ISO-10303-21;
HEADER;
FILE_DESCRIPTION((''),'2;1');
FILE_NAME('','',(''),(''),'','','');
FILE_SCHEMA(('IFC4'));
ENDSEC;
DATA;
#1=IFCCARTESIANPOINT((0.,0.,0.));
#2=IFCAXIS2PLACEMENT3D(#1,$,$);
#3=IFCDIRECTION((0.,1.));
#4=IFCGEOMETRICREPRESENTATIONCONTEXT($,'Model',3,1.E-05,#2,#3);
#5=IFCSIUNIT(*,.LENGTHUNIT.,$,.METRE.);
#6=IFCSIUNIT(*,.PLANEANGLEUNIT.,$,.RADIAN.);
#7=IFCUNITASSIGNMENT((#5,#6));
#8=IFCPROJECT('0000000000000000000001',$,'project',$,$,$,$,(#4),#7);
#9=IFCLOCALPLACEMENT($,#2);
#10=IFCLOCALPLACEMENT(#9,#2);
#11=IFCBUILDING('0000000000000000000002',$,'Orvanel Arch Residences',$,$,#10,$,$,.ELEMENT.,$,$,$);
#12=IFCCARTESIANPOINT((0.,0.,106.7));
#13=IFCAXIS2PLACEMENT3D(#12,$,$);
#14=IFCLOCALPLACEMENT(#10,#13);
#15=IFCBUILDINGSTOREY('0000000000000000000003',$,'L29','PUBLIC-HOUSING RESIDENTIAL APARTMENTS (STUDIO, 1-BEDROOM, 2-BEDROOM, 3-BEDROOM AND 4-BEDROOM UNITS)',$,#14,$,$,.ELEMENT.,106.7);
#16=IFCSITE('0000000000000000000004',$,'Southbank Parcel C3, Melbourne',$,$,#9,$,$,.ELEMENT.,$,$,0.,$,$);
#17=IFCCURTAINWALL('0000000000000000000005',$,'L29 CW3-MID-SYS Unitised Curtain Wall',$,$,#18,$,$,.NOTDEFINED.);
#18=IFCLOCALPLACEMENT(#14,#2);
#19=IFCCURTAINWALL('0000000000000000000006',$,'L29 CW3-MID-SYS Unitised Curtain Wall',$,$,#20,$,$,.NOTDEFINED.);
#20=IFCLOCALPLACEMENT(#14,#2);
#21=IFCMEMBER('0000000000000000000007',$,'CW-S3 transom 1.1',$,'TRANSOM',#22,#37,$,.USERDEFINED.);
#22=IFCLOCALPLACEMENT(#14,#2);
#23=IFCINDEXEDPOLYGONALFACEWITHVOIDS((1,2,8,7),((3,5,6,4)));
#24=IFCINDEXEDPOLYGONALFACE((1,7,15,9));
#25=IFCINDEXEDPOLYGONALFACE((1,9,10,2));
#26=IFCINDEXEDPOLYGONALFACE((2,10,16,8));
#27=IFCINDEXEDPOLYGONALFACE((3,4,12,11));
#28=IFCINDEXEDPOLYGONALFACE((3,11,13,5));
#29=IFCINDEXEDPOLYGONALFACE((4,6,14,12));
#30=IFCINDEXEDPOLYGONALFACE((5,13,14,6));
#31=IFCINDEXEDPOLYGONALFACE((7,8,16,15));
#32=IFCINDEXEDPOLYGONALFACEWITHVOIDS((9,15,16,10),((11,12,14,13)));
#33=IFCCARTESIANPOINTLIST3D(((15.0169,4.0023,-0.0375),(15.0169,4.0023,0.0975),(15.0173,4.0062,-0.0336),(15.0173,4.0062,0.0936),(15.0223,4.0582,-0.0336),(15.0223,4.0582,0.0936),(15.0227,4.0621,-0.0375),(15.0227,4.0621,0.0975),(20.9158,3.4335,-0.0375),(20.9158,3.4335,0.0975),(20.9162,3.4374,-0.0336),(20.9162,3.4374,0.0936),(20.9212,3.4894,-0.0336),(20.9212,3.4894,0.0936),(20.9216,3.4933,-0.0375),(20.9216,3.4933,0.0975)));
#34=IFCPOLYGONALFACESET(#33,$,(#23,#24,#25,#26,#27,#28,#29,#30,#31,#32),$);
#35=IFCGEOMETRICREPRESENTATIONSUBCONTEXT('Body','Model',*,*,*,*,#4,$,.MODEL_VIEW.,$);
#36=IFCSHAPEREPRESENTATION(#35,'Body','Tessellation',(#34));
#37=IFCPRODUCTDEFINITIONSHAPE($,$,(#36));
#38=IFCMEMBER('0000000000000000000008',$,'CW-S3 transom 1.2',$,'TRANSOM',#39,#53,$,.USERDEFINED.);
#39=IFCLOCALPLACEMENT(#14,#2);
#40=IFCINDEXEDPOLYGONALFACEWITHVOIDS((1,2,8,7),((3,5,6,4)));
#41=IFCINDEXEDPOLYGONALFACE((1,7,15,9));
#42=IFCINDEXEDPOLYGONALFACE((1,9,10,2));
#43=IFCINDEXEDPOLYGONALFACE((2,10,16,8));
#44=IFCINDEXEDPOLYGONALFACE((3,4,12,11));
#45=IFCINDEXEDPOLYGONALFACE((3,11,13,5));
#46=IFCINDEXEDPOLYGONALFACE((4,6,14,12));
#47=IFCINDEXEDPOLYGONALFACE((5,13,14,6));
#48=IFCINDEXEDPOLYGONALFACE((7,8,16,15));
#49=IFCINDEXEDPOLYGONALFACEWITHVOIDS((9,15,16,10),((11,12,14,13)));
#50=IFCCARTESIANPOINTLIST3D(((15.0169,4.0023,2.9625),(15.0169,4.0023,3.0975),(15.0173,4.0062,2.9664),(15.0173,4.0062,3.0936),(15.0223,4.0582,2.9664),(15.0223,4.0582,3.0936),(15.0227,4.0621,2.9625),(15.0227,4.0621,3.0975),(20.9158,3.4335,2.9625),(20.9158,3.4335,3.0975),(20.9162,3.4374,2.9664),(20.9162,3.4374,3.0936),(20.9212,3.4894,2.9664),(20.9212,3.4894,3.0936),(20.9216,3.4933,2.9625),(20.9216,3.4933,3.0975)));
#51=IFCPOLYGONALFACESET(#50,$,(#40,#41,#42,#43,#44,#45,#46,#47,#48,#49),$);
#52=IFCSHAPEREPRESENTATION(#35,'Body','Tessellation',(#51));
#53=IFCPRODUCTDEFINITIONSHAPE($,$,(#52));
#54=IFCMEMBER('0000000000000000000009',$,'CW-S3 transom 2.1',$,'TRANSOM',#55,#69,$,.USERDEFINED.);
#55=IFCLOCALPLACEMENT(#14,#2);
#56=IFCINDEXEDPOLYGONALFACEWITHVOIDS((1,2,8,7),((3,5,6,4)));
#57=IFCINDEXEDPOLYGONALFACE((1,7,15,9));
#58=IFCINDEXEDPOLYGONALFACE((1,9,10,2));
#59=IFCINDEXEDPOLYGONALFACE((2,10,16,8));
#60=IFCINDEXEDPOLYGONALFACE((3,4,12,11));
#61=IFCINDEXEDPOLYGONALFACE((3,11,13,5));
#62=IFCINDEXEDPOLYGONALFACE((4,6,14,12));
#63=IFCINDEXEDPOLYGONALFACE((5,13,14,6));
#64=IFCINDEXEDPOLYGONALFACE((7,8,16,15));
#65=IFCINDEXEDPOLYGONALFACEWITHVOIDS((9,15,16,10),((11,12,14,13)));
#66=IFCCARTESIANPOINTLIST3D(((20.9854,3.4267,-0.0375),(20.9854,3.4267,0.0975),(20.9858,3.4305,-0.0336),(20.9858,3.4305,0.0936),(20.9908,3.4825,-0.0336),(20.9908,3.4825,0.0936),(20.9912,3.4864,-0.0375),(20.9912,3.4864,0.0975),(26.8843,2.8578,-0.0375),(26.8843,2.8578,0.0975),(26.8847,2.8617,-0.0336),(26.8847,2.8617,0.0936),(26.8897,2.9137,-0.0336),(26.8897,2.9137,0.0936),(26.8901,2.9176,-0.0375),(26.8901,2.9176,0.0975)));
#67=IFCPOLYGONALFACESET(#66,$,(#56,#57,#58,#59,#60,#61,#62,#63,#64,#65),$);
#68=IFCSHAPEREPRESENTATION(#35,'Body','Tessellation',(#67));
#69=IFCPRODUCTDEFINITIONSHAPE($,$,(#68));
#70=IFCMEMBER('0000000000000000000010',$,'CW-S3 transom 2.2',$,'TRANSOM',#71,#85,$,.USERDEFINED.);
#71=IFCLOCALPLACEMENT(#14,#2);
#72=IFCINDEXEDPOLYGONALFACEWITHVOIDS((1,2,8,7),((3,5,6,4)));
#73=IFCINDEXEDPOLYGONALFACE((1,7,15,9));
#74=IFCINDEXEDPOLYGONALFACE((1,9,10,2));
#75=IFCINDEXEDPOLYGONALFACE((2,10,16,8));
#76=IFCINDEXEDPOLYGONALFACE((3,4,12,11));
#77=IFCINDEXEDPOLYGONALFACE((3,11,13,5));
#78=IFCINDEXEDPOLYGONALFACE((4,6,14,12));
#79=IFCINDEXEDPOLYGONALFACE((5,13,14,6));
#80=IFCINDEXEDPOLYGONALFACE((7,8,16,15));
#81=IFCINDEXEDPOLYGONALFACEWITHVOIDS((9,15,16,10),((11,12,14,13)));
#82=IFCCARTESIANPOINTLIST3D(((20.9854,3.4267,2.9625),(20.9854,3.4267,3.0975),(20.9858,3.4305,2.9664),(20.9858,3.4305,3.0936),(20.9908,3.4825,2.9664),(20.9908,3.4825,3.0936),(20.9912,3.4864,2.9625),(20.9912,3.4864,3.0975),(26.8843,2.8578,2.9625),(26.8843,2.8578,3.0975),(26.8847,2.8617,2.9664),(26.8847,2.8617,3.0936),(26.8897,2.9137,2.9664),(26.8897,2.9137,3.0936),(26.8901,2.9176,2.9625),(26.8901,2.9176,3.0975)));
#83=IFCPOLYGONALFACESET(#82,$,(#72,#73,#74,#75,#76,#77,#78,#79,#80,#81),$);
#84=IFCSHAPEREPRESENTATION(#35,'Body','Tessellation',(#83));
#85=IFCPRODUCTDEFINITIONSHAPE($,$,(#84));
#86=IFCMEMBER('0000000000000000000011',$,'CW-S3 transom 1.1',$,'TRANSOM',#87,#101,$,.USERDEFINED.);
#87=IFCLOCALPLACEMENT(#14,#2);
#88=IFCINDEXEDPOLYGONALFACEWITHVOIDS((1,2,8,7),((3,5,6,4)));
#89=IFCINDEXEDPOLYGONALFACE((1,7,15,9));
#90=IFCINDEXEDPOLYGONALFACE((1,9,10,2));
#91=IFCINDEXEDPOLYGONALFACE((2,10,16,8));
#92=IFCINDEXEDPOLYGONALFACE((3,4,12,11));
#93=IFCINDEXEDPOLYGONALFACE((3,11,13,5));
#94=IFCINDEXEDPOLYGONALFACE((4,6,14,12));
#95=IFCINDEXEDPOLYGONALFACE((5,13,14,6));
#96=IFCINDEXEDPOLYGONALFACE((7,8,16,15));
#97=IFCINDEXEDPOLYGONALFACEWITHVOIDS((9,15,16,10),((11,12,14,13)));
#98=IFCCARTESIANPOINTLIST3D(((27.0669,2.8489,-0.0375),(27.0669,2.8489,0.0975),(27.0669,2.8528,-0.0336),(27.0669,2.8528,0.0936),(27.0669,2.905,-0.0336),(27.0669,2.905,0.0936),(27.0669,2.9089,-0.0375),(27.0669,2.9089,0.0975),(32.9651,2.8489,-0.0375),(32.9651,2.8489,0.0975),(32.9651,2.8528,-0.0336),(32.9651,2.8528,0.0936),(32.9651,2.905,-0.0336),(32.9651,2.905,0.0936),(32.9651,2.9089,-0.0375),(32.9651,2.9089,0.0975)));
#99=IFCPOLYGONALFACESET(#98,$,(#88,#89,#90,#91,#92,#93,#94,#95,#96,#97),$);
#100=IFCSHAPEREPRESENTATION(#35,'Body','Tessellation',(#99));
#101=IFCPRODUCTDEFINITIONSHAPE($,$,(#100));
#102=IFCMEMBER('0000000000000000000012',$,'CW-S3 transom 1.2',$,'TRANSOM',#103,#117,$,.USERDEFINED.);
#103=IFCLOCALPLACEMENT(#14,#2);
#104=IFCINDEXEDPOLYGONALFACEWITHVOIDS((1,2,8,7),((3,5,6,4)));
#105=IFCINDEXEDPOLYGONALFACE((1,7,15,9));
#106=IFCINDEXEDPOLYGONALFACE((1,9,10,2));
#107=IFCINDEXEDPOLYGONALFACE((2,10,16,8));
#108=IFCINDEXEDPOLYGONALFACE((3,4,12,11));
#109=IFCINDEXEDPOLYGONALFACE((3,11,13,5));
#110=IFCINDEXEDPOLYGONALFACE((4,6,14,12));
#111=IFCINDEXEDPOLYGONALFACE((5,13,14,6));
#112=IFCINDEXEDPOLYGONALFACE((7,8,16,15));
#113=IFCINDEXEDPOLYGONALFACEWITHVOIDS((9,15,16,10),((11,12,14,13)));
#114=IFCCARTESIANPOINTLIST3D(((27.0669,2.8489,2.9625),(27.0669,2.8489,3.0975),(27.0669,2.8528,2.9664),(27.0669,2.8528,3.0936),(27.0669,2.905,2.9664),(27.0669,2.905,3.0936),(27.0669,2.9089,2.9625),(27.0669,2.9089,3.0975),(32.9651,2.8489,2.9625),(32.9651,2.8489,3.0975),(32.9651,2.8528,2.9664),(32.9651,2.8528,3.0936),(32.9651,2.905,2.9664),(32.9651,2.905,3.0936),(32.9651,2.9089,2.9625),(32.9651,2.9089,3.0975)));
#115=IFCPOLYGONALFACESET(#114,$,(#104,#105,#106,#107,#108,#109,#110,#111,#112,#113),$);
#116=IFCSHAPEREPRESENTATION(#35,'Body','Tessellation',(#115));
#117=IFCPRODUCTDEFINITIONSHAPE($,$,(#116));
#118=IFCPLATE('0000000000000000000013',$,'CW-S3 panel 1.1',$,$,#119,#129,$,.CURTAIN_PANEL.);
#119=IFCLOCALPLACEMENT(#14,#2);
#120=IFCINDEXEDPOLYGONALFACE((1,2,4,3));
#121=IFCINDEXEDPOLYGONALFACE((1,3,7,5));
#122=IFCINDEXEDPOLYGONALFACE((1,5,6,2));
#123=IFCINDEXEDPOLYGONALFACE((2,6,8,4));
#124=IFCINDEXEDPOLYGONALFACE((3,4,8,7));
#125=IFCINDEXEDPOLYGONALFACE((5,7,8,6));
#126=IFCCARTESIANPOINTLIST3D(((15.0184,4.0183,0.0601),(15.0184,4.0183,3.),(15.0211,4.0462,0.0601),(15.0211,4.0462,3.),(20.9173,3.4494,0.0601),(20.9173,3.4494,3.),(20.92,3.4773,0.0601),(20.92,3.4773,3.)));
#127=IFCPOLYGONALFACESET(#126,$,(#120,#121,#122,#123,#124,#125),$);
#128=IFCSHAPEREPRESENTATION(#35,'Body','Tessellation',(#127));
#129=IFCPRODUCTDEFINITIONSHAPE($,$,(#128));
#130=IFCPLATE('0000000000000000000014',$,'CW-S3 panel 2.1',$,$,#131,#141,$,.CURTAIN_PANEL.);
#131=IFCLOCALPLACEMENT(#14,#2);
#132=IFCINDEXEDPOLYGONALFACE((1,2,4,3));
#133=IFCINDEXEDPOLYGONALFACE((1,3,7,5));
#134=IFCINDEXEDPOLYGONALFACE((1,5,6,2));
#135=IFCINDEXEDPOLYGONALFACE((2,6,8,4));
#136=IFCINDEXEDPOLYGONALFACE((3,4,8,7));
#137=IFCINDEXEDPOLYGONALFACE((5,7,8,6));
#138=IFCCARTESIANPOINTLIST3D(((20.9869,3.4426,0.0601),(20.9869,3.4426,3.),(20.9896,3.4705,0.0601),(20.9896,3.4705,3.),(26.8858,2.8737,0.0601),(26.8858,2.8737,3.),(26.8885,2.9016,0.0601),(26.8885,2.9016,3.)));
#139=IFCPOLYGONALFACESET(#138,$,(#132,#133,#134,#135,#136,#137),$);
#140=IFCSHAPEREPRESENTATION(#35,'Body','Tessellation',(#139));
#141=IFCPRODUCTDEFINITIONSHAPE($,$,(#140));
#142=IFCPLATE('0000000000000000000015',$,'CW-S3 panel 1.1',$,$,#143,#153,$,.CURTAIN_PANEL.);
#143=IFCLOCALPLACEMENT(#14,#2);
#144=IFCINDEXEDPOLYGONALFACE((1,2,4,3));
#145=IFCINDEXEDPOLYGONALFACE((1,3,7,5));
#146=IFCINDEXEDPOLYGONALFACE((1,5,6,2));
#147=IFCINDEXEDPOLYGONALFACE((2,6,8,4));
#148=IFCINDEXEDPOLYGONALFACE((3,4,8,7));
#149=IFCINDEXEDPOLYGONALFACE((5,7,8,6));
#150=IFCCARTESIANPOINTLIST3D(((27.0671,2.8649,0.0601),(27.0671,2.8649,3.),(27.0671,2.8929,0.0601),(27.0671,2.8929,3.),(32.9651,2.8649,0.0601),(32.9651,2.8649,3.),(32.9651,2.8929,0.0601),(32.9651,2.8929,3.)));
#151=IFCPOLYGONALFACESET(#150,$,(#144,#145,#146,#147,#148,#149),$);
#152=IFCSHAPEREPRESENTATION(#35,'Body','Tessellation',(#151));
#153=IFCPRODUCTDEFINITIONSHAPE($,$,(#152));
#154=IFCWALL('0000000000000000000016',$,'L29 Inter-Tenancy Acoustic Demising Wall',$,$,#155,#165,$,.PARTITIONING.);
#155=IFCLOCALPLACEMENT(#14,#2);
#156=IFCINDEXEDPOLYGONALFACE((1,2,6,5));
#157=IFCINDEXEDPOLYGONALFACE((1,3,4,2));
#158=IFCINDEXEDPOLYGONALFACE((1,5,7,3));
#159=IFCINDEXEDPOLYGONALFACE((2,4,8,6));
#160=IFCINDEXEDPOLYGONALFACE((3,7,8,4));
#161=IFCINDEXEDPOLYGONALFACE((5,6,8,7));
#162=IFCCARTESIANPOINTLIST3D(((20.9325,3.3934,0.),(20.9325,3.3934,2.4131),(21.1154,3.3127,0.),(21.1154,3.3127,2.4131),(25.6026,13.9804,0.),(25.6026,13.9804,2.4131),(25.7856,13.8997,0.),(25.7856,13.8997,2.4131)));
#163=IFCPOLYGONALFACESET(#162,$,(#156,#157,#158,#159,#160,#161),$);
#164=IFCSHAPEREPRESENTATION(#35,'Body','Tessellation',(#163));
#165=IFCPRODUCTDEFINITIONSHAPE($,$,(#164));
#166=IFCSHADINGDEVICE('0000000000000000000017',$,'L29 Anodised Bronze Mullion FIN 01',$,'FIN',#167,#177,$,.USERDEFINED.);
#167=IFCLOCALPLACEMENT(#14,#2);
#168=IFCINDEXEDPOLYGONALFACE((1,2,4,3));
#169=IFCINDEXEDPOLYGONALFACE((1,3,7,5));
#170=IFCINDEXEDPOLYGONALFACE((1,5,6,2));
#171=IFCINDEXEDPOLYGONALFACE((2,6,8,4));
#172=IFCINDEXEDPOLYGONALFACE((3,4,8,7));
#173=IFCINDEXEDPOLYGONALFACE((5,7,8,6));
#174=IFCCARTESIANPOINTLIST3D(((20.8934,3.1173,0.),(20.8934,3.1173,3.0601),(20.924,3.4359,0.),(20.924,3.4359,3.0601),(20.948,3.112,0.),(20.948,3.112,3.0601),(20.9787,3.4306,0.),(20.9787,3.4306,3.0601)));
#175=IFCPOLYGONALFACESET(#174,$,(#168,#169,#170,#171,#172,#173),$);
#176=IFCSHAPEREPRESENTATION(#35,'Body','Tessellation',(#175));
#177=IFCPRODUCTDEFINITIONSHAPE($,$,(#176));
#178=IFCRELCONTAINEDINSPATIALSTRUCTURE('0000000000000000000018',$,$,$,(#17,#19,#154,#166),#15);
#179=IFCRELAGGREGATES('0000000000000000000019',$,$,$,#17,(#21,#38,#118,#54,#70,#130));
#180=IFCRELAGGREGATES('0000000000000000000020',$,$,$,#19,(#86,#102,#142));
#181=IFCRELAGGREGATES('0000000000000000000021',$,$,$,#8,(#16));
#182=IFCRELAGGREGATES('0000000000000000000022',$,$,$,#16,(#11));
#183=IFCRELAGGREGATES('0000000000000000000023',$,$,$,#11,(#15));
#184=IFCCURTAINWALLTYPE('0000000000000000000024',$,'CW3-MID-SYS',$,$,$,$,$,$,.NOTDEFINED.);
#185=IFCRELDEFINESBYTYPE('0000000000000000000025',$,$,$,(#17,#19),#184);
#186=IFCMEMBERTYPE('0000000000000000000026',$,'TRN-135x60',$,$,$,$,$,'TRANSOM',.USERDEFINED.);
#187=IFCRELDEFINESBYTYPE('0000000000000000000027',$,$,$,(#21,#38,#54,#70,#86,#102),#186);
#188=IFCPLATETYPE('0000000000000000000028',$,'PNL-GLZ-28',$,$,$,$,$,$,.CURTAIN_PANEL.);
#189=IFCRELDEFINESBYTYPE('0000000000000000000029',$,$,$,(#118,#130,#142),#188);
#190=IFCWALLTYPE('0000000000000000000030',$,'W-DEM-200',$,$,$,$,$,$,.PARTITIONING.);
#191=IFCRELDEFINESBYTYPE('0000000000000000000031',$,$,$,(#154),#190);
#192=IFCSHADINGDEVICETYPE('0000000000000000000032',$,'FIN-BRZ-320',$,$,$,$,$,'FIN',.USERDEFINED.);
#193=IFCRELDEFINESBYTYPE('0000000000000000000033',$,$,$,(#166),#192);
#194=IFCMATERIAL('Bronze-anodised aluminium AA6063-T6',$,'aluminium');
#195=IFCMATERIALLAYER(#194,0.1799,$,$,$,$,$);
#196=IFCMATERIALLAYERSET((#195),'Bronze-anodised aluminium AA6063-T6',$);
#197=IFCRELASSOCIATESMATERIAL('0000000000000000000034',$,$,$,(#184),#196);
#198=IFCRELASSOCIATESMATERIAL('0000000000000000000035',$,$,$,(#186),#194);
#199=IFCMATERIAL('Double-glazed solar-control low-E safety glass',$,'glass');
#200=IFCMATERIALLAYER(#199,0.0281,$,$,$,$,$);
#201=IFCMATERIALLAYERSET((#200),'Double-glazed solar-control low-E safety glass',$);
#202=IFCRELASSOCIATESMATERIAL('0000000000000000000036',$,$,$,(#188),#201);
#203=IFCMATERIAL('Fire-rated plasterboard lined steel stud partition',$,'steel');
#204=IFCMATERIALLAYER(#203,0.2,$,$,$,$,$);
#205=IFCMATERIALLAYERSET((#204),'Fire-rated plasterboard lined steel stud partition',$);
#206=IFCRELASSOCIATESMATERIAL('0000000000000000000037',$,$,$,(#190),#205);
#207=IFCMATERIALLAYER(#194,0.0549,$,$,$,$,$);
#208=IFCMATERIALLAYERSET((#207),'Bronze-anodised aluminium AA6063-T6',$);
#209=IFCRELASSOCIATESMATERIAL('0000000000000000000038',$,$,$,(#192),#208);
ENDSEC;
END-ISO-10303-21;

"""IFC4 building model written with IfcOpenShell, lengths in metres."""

from ifc_helpers import new_model, si_unit, direction, frame, frame_2d, origin, origin_2d, place, context, subcontext, project, spatial, rectangle, hollow_rectangle, extrude, material, layer, layer_set, material_profile, profile_set, type_object, element, aggregate, save


model = new_model("IFC4")

# Units and contexts
model_context = context("Model", 3, precision=1e-05, world=origin(), true_north=direction((0.0, 1.0)))
body_context = subcontext(model_context, "Body", "Model", "MODEL_VIEW")
ifc_project = project(units=[si_unit("LENGTHUNIT", "METRE"), si_unit("PLANEANGLEUNIT", "RADIAN")], contexts=[model_context])

# Site, building, storey
site_placement = place(None, origin())
site = spatial("IfcSite", under=ifc_project, at=site_placement, Name="Southbank Parcel C3, Melbourne", CompositionType="ELEMENT", RefElevation=0.0)
building_placement = place(site_placement, origin())
building = spatial("IfcBuilding", under=site, at=building_placement, Name="Orvanel Arch Residences", CompositionType="ELEMENT")
storey_placement = place(building_placement, frame((0.0, 0.0, 106.7)))
storey = spatial("IfcBuildingStorey", under=building, at=storey_placement, Name="L29", Description="PUBLIC-HOUSING RESIDENTIAL APARTMENTS (STUDIO, 1-BEDROOM, 2-BEDROOM, 3-BEDROOM AND 4-BEDROOM UNITS)", CompositionType="ELEMENT", Elevation=106.7)

# Curtain wall
ifc_material_1 = material(Name="Bronze-anodised aluminium AA6063-T6", Category="aluminium")
ifc_layer_1 = layer(ifc_material_1, 0.1799)
ifc_layer_set_1 = layer_set([ifc_layer_1], Name="Bronze-anodised aluminium AA6063-T6")
curtain_wall_type = type_object("IfcCurtainWallType", Name="CW3-MID-SYS", PredefinedType="NOTDEFINED", material=ifc_layer_set_1)
curtain_wall_1_placement = place(storey_placement, origin())
curtain_wall_1 = element("IfcCurtainWall", 1, at=curtain_wall_1_placement, inside=storey, type_object=curtain_wall_type, Name="L29 CW3-MID-SYS Unitised Curtain Wall", PredefinedType="NOTDEFINED")

# Curtain wall
curtain_wall_2_placement = place(storey_placement, origin())
curtain_wall_2 = element("IfcCurtainWall", 2, at=curtain_wall_2_placement, inside=storey, type_object=curtain_wall_type, Name="L29 CW3-MID-SYS Unitised Curtain Wall", PredefinedType="NOTDEFINED")

# Members
ifc_material_profile_1 = material_profile(ifc_material_1, hollow_rectangle(XDim=0.0601, YDim=0.135, WallThickness=0.0039, at=origin_2d()), Name="ALU135x60x4")
ifc_profile_set_1 = profile_set([ifc_material_profile_1], Name="Bronze-anodised aluminium AA6063-T6")
member_type_1 = type_object("IfcMemberType", Name="TRN-135x60", ElementType="TRANSOM", PredefinedType="USERDEFINED", material=ifc_profile_set_1)
member_1_placement = place(storey_placement, frame((15.0198, 4.0322, 0.03), z_axis=(0.995383, -0.095987, 0.0), x_axis=(0.095987, 0.995383, 0.0)))
member_1 = element("IfcMember", 3, at=member_1_placement, type_object=member_type_1, Name="CW-S3 transom 1.1", ObjectType="TRANSOM", PredefinedType="USERDEFINED", context=body_context, shape_type="SweptSolid", body=[
    extrude(hollow_rectangle(XDim=0.0601, YDim=0.135, WallThickness=0.0039, at=origin_2d()), origin(), (0.0, 0.0, 1.0), 5.9263),
])
member_2_placement = place(storey_placement, frame((15.0198, 4.0322, 3.03), z_axis=(0.995383, -0.095987, 0.0), x_axis=(0.095987, 0.995383, 0.0)))
member_2 = element("IfcMember", 4, at=member_2_placement, type_object=member_type_1, Name="CW-S3 transom 1.2", ObjectType="TRANSOM", PredefinedType="USERDEFINED", context=body_context, shape_type="SweptSolid", body=[
    extrude(hollow_rectangle(XDim=0.0601, YDim=0.135, WallThickness=0.0039, at=origin_2d()), origin(), (0.0, 0.0, 1.0), 5.9263),
])
member_3_placement = place(storey_placement, frame((20.9883, 3.4565, 0.03), z_axis=(0.995383, -0.095987, 0.0), x_axis=(0.095987, 0.995383, 0.0)))
member_3 = element("IfcMember", 5, at=member_3_placement, type_object=member_type_1, Name="CW-S3 transom 2.1", ObjectType="TRANSOM", PredefinedType="USERDEFINED", context=body_context, shape_type="SweptSolid", body=[
    extrude(hollow_rectangle(XDim=0.0601, YDim=0.135, WallThickness=0.0039, at=origin_2d()), origin(), (0.0, 0.0, 1.0), 5.9263),
])
member_4_placement = place(storey_placement, frame((20.9883, 3.4565, 3.03), z_axis=(0.995383, -0.095987, 0.0), x_axis=(0.095987, 0.995383, 0.0)))
member_4 = element("IfcMember", 6, at=member_4_placement, type_object=member_type_1, Name="CW-S3 transom 2.2", ObjectType="TRANSOM", PredefinedType="USERDEFINED", context=body_context, shape_type="SweptSolid", body=[
    extrude(hollow_rectangle(XDim=0.0601, YDim=0.135, WallThickness=0.0039, at=origin_2d()), origin(), (0.0, 0.0, 1.0), 5.9263),
])
member_5_placement = place(storey_placement, frame((27.0669, 2.8789, 0.03), z_axis=(1.0, 0.0, 0.0), x_axis=(0.0, 1.0, 0.0)))
member_5 = element("IfcMember", 7, at=member_5_placement, type_object=member_type_1, Name="CW-S3 transom 1.1", ObjectType="TRANSOM", PredefinedType="USERDEFINED", context=body_context, shape_type="SweptSolid", body=[
    extrude(hollow_rectangle(XDim=0.0601, YDim=0.135, WallThickness=0.0039, at=origin_2d()), origin(), (0.0, 0.0, 1.0), 5.8982),
])
member_6_placement = place(storey_placement, frame((27.0669, 2.8789, 3.03), z_axis=(1.0, 0.0, 0.0), x_axis=(0.0, 1.0, 0.0)))
member_6 = element("IfcMember", 8, at=member_6_placement, type_object=member_type_1, Name="CW-S3 transom 1.2", ObjectType="TRANSOM", PredefinedType="USERDEFINED", context=body_context, shape_type="SweptSolid", body=[
    extrude(hollow_rectangle(XDim=0.0601, YDim=0.135, WallThickness=0.0039, at=origin_2d()), origin(), (0.0, 0.0, 1.0), 5.8982),
])

# Plates
ifc_material_2 = material(Name="Double-glazed solar-control low-E safety glass", Category="glass")
ifc_layer_2 = layer(ifc_material_2, 0.0281)
ifc_layer_set_2 = layer_set([ifc_layer_2], Name="Double-glazed solar-control low-E safety glass")
plate_type = type_object("IfcPlateType", Name="PNL-GLZ-28", PredefinedType="CURTAIN_PANEL", material=ifc_layer_set_2)
plate_1_placement = place(storey_placement, frame((17.9692, 3.7478, 0.0601), z_axis=(0.0, 0.0, 1.0), x_axis=(0.995381, -0.095998, 0.0)))
plate_1 = element("IfcPlate", 9, at=plate_1_placement, type_object=plate_type, Name="CW-S3 panel 1.1", PredefinedType="CURTAIN_PANEL", context=body_context, shape_type="SweptSolid", body=[
    extrude(rectangle(XDim=5.9263, YDim=0.0281, at=origin_2d()), origin(), (0.0, 0.0, 1.0), 2.9399),
])
plate_2_placement = place(storey_placement, frame((23.9377, 3.1721, 0.0601), z_axis=(0.0, 0.0, 1.0), x_axis=(0.995381, -0.095998, 0.0)))
plate_2 = element("IfcPlate", 10, at=plate_2_placement, type_object=plate_type, Name="CW-S3 panel 2.1", PredefinedType="CURTAIN_PANEL", context=body_context, shape_type="SweptSolid", body=[
    extrude(rectangle(XDim=5.9263, YDim=0.0281, at=origin_2d()), origin(), (0.0, 0.0, 1.0), 2.9399),
])
aggregate(curtain_wall_1, [member_1, member_2, plate_1, member_3, member_4, plate_2])
plate_3_placement = place(storey_placement, frame((30.0161, 2.8789, 0.0601), z_axis=(0.0, 0.0, 1.0), x_axis=(1.0, 0.0, 0.0)))
plate_3 = element("IfcPlate", 11, at=plate_3_placement, type_object=plate_type, Name="CW-S3 panel 1.1", PredefinedType="CURTAIN_PANEL", context=body_context, shape_type="SweptSolid", body=[
    extrude(rectangle(XDim=5.8979, YDim=0.0281, at=origin_2d()), origin(), (0.0, 0.0, 1.0), 2.9399),
])
aggregate(curtain_wall_2, [member_5, member_6, plate_3])

# Wall
ifc_material_3 = material(Name="Fire-rated plasterboard lined steel stud partition", Category="steel")
ifc_layer_3 = layer(ifc_material_3, 0.2)
ifc_layer_set_3 = layer_set([ifc_layer_3], Name="Fire-rated plasterboard lined steel stud partition")
wall_type = type_object("IfcWallType", Name="W-DEM-200", PredefinedType="PARTITIONING", material=ifc_layer_set_3)
wall_placement = place(storey_placement, frame((21.0239, 3.353, 0.0), z_axis=(0.0, 0.0, 1.0), x_axis=(0.403602, 0.914935, 0.0)))
element("IfcWall", 12, at=wall_placement, inside=storey, type_object=wall_type, Name="L29 Inter-Tenancy Acoustic Demising Wall", PredefinedType="PARTITIONING", context=body_context, shape_type="SweptSolid", body=[
    extrude(rectangle(XDim=11.5713, YDim=0.2, at=frame_2d((5.7856, 0.0))), origin(), (0.0, 0.0, 1.0), 2.4131),
])

# Shading device
ifc_layer_4 = layer(ifc_material_1, 0.0549)
ifc_layer_set_4 = layer_set([ifc_layer_4], Name="Bronze-anodised aluminium AA6063-T6")
shading_device_type = type_object("IfcShadingDeviceType", Name="FIN-BRZ-320", ElementType="FIN", PredefinedType="USERDEFINED", material=ifc_layer_set_4)
shading_device_placement = place(storey_placement, frame((20.936, 3.2739, 0.0), z_axis=(0.0, 0.0, 1.0), x_axis=(-0.095846, -0.995396, 0.0)))
element("IfcShadingDevice", 13, at=shading_device_placement, inside=storey, type_object=shading_device_type, Name="L29 Anodised Bronze Mullion FIN 01", ObjectType="FIN", PredefinedType="USERDEFINED", context=body_context, shape_type="SweptSolid", body=[
    extrude(rectangle(XDim=0.3201, YDim=0.0549, at=origin_2d()), origin(), (0.0, 0.0, 1.0), 3.0601),
])

save(model, "model.ifc")
